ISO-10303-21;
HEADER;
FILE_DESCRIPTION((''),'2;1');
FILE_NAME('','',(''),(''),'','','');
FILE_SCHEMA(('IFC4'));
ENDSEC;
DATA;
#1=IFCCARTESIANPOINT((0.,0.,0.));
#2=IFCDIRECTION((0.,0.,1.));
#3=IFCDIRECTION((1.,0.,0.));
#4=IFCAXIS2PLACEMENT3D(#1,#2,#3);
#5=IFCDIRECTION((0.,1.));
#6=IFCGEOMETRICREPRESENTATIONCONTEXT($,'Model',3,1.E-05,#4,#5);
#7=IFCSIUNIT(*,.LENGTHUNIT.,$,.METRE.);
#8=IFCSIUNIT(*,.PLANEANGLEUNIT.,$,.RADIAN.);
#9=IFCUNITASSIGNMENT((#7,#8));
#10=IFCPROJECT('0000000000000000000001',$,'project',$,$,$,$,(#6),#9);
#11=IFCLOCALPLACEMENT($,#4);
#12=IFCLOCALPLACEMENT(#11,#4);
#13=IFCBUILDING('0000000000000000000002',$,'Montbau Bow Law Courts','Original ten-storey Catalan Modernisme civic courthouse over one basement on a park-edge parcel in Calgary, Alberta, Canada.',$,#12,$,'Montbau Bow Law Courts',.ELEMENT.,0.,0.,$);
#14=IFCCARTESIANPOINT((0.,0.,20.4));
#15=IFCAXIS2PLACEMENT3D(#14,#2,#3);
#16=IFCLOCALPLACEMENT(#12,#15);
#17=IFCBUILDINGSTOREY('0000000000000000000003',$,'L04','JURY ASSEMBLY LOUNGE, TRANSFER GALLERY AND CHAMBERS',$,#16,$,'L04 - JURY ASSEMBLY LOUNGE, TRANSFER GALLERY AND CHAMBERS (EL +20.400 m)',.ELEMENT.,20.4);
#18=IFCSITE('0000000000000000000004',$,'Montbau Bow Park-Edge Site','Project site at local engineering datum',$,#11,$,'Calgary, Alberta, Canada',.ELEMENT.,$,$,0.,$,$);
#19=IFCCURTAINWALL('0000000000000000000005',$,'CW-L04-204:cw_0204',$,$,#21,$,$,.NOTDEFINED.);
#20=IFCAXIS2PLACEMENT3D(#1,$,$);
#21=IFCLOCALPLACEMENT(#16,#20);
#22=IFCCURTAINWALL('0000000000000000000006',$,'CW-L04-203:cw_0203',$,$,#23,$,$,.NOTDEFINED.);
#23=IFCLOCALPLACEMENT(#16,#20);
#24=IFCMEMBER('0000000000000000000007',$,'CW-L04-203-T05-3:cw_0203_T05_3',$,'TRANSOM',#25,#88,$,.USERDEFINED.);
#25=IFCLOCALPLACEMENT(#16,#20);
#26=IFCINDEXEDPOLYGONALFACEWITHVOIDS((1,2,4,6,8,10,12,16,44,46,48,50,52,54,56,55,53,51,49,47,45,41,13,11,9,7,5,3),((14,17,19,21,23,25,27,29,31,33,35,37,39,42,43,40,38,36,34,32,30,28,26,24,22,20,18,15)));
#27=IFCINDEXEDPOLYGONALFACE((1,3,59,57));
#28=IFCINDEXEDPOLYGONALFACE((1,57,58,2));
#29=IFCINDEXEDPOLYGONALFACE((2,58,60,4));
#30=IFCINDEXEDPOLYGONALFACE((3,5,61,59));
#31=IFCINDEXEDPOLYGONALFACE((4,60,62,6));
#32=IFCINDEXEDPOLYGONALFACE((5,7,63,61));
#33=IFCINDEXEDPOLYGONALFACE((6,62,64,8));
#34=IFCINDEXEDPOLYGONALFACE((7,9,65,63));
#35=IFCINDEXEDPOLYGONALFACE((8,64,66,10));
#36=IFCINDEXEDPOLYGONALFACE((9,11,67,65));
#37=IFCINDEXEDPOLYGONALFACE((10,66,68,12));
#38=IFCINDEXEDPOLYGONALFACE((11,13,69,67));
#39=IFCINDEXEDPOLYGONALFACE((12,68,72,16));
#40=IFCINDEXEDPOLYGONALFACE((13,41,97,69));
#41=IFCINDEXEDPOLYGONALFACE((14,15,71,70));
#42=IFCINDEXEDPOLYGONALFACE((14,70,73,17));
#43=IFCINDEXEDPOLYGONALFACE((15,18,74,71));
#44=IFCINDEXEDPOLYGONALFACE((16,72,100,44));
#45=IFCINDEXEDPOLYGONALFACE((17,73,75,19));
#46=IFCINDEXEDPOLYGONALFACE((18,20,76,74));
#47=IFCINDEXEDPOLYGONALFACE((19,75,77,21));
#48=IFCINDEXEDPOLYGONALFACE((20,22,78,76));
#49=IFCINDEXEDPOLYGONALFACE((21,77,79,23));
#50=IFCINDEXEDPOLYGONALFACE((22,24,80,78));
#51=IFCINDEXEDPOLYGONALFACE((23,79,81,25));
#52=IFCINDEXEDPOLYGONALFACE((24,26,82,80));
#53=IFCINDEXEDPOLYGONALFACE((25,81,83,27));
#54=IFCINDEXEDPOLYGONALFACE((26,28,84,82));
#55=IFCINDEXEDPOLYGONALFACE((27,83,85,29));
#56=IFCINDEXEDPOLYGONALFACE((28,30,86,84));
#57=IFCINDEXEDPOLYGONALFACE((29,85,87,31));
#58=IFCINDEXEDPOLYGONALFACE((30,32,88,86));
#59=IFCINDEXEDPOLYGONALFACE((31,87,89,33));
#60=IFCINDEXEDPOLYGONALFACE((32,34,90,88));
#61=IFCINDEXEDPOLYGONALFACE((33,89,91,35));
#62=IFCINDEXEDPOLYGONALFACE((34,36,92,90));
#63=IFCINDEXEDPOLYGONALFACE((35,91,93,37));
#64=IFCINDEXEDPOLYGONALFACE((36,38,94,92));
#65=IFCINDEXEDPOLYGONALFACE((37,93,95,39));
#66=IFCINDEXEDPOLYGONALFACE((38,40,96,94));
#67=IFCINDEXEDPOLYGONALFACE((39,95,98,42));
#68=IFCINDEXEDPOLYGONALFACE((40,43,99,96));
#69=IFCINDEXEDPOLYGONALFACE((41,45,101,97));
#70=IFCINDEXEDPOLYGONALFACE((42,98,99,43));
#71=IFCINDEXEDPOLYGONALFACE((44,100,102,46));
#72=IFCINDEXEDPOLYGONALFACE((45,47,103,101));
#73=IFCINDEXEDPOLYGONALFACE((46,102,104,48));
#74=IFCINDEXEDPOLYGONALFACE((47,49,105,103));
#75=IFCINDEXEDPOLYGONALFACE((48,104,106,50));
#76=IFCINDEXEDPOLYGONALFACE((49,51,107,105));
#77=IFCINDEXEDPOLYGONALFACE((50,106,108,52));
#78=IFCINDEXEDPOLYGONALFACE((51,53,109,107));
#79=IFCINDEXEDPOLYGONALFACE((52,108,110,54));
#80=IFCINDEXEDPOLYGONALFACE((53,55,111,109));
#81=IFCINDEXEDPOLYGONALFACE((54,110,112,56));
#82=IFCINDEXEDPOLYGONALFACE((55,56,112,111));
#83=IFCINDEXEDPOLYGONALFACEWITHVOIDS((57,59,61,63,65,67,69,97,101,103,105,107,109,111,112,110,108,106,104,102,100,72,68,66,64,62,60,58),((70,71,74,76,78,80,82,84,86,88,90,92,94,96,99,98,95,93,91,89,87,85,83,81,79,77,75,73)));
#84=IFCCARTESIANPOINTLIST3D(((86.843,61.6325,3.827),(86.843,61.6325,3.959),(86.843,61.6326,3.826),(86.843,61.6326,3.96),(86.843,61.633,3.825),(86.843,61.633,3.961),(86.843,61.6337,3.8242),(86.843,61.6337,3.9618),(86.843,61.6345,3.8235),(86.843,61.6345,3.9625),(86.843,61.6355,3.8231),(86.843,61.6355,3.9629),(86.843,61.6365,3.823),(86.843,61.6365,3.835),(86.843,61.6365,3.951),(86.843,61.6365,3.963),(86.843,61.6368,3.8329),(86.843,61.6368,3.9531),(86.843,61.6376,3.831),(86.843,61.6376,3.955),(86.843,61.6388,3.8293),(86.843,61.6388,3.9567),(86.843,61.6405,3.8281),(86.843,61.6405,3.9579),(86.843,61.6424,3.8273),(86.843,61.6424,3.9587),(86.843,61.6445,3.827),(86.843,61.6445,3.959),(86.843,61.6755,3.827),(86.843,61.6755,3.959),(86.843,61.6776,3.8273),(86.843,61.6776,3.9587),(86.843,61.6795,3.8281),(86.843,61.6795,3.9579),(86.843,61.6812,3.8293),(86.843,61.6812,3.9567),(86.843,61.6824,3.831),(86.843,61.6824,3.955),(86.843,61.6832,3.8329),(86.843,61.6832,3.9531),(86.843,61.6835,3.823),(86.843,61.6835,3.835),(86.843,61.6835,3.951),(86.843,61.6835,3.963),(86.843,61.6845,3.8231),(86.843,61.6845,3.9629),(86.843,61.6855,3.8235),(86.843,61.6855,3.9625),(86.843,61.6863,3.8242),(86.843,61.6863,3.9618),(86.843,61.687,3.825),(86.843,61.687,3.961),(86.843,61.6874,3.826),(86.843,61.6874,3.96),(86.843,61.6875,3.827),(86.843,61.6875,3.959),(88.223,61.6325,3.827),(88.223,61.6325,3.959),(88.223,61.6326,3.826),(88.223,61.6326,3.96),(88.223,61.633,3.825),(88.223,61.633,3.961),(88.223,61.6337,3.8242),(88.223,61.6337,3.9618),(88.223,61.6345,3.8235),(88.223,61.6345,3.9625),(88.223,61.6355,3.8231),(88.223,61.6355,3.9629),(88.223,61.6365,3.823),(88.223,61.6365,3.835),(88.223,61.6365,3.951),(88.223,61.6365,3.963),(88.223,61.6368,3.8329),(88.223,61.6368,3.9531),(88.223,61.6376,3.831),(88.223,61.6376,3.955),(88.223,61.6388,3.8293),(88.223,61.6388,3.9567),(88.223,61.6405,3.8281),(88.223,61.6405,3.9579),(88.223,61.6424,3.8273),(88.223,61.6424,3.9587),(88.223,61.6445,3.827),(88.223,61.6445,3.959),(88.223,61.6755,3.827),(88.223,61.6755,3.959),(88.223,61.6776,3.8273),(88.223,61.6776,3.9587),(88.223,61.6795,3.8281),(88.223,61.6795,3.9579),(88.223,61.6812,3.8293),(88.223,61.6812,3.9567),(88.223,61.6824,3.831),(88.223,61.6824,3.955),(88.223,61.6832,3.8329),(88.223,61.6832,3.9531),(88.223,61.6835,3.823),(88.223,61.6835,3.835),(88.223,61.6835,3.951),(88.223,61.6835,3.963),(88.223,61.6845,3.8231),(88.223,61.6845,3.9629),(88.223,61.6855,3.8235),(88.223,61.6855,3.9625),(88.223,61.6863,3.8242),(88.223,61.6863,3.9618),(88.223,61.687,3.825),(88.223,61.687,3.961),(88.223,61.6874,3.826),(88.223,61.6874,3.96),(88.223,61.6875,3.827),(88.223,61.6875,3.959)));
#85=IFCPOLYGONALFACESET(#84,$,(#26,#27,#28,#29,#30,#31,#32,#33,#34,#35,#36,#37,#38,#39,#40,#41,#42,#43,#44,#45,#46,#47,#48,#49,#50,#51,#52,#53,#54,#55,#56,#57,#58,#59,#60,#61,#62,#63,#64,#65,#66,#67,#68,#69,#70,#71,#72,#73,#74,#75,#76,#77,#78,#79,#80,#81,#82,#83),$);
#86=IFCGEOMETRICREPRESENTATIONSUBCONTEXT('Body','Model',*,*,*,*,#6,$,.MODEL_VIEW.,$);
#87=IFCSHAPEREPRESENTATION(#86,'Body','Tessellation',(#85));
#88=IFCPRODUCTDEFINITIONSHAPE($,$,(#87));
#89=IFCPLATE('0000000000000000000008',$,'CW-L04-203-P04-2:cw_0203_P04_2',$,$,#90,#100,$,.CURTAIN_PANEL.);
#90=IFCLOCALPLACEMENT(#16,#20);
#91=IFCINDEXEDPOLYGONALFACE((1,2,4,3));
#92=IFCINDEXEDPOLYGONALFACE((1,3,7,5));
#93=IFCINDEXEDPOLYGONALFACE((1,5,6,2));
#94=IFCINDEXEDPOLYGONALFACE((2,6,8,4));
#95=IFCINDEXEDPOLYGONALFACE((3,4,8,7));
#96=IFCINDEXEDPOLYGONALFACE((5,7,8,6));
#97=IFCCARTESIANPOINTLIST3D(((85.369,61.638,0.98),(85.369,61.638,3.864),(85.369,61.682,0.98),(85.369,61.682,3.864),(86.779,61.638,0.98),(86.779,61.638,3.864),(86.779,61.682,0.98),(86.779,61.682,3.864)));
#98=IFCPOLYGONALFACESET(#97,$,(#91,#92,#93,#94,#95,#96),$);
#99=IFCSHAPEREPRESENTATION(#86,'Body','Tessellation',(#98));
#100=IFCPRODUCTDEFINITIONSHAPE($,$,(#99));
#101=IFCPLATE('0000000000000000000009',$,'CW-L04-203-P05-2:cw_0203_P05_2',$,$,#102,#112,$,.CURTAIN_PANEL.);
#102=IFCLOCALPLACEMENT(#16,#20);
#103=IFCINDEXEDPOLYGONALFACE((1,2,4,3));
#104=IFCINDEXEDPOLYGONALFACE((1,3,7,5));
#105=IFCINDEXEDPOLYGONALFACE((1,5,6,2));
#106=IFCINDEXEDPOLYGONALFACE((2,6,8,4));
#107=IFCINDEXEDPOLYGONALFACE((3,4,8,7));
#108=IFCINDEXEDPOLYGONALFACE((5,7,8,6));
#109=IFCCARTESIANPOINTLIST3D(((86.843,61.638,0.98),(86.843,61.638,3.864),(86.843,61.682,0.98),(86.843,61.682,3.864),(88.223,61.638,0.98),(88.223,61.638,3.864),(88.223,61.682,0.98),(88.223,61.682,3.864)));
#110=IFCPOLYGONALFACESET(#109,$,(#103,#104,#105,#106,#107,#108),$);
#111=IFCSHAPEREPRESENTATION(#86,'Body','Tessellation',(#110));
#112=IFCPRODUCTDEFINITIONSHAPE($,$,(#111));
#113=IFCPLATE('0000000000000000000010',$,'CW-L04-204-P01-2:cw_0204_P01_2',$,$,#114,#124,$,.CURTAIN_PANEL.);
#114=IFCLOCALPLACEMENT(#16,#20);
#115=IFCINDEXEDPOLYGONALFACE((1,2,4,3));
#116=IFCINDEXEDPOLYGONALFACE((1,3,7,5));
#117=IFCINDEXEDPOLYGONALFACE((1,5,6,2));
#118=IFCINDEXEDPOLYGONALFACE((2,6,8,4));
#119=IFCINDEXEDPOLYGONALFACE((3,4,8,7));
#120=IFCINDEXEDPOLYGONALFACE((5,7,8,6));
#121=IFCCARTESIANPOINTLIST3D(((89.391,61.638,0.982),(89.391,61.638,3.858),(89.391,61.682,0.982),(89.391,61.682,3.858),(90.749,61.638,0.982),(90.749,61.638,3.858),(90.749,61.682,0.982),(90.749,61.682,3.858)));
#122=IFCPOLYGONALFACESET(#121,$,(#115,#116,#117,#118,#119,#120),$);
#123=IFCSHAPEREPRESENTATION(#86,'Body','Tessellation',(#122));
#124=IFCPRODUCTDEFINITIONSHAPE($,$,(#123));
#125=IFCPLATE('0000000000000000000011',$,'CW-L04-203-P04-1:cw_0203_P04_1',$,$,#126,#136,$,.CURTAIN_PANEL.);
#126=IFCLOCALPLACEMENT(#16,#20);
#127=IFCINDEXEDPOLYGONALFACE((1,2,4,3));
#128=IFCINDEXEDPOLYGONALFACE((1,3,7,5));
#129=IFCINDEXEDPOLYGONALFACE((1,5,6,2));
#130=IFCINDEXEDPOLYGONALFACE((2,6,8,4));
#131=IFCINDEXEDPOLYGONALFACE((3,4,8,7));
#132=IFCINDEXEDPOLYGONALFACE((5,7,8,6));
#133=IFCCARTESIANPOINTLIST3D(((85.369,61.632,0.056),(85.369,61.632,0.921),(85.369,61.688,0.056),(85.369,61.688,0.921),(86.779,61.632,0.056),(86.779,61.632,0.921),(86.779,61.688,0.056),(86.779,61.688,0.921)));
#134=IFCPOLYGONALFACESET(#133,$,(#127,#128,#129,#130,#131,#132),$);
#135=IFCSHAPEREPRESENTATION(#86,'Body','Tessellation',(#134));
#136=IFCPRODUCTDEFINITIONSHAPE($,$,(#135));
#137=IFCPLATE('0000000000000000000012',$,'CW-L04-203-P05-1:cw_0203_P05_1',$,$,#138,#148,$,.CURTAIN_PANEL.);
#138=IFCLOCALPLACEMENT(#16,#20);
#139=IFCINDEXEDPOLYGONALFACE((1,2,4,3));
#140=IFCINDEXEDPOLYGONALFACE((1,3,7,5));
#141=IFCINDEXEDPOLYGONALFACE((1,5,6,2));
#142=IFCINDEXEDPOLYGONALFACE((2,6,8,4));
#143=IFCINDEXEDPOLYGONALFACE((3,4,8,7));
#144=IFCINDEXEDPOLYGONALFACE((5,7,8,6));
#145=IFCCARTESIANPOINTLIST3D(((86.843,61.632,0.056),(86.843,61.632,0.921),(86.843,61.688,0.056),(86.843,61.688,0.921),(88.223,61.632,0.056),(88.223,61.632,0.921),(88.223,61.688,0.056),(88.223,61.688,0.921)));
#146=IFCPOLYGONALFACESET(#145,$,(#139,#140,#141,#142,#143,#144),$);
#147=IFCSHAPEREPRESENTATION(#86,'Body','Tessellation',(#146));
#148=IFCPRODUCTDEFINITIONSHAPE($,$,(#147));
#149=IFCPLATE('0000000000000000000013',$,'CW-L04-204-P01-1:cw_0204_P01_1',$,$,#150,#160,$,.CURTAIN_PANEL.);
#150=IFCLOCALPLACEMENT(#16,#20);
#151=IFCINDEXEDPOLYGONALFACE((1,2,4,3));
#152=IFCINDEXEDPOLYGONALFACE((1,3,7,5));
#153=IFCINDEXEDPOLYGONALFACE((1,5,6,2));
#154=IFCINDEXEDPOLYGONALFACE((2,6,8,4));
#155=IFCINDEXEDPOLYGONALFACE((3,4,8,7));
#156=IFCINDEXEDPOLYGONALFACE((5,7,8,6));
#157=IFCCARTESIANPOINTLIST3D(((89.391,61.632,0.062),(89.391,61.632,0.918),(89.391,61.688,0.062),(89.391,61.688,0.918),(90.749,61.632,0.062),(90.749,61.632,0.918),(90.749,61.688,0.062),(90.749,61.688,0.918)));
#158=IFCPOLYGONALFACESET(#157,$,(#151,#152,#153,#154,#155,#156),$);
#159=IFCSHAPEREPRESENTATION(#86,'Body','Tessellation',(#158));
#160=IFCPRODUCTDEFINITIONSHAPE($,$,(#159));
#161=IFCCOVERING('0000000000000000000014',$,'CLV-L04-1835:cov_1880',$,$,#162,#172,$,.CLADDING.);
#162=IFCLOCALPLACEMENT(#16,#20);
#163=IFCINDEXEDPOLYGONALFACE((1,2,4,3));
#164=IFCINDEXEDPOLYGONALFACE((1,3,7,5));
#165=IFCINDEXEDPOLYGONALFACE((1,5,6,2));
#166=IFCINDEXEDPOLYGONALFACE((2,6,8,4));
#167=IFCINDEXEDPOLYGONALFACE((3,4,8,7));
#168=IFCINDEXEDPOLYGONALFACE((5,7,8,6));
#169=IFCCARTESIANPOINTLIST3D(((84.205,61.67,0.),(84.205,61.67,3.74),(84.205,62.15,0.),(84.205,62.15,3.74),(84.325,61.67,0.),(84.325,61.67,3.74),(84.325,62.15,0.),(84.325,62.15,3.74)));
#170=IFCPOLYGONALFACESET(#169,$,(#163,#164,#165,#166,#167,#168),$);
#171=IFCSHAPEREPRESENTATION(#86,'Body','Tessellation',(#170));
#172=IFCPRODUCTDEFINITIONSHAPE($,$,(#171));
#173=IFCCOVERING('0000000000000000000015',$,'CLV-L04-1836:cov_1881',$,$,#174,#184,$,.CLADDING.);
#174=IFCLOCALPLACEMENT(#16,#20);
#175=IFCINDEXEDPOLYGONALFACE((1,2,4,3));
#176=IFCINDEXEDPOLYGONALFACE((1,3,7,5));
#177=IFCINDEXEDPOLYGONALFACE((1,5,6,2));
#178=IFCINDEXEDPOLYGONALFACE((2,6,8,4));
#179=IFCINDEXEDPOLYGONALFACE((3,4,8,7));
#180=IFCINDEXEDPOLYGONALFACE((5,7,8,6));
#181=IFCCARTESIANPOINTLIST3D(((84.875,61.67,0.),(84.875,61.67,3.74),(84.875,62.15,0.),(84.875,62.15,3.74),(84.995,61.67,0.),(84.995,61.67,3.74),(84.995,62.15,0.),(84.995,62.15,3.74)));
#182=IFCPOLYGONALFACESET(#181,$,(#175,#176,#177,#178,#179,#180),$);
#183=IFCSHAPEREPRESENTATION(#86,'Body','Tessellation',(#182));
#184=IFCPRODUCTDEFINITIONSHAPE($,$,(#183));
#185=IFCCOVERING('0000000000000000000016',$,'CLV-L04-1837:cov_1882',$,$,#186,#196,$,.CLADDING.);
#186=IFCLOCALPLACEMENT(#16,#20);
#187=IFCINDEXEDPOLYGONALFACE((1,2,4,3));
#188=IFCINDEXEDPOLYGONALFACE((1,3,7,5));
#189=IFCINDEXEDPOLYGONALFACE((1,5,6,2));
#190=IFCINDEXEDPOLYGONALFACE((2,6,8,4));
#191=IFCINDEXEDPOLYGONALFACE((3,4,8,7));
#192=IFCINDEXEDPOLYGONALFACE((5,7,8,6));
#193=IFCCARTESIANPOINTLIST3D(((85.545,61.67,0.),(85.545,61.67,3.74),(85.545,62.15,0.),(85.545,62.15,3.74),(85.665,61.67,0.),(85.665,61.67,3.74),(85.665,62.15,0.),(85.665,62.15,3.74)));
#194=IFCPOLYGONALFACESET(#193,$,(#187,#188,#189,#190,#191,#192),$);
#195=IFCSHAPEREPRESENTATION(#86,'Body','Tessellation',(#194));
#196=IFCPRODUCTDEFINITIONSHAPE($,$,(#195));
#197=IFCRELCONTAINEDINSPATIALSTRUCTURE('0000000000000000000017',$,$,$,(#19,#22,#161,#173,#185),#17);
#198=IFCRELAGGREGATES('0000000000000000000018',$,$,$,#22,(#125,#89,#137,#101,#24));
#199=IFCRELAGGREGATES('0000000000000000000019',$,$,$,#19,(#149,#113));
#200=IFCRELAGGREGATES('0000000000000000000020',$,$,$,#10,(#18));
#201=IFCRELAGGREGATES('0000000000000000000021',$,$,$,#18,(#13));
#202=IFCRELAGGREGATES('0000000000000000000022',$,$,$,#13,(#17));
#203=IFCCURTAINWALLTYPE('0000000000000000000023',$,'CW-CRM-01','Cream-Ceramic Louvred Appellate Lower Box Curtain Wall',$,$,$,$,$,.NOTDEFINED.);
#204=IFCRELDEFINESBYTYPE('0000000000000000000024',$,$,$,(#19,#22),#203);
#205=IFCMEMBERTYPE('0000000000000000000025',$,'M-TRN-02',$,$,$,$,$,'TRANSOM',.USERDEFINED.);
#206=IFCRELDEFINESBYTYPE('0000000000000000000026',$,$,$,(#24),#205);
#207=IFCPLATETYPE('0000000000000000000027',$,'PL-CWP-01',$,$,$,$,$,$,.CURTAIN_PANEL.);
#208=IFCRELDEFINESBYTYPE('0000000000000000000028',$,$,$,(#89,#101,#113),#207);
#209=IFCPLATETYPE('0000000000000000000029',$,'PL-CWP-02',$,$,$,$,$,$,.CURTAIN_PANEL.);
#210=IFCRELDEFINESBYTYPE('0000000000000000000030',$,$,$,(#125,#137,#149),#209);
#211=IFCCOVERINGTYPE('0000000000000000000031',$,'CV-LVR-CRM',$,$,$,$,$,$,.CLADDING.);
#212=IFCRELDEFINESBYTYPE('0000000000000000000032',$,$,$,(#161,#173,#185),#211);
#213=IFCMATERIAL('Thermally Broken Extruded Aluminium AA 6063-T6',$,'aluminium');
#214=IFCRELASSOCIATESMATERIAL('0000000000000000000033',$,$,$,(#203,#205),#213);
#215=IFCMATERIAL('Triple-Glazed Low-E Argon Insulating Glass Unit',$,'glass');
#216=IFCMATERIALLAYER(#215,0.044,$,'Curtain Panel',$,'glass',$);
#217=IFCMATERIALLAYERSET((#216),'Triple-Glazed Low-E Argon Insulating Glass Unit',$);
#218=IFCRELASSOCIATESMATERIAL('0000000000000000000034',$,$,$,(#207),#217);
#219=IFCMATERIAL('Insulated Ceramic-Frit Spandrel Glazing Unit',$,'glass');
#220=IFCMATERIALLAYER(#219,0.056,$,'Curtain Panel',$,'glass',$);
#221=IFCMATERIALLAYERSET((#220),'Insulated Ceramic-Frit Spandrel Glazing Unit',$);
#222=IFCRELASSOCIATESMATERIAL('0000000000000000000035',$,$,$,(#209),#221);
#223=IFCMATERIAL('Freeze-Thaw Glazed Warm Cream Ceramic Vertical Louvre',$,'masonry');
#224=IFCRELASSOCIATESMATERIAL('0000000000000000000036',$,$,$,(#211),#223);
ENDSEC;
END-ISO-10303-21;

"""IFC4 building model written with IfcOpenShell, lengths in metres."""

from ifc_helpers import new_model, si_unit, direction, frame, frame_2d, origin_with_axes, origin_2d_with_axis, place, context, subcontext, project, spatial, rectangle, hollow_rectangle, extrude, material, layer, layer_set, material_profile, profile_set, type_object, element, aggregate, save


model = new_model("IFC4")

# Units and contexts
model_context = context("Model", 3, precision=1e-05, world=origin_with_axes(), true_north=direction((0.0, 1.0)))
body_context = subcontext(model_context, "Body", "Model", "MODEL_VIEW")
ifc_project = project(units=[si_unit("LENGTHUNIT", "METRE"), si_unit("PLANEANGLEUNIT", "RADIAN")], contexts=[model_context])

# Site, building, storey
site_placement = place(None, origin_with_axes())
site = spatial("IfcSite", under=ifc_project, at=site_placement, Name="Montbau Bow Park-Edge Site", Description="Project site at local engineering datum", LongName="Calgary, Alberta, Canada", CompositionType="ELEMENT", RefElevation=0.0)
building_placement = place(site_placement, origin_with_axes())
building = spatial("IfcBuilding", under=site, at=building_placement, Name="Montbau Bow Law Courts", Description="Original ten-storey Catalan Modernisme civic courthouse over one basement on a park-edge parcel in Calgary, Alberta, Canada.", LongName="Montbau Bow Law Courts", CompositionType="ELEMENT", ElevationOfRefHeight=0.0, ElevationOfTerrain=0.0)
storey_placement = place(building_placement, frame((0.0, 0.0, 20.4), z_axis=(0.0, 0.0, 1.0), x_axis=(1.0, 0.0, 0.0)))
storey = spatial("IfcBuildingStorey", under=building, at=storey_placement, Name="L04", Description="JURY ASSEMBLY LOUNGE, TRANSFER GALLERY AND CHAMBERS", LongName="L04 - JURY ASSEMBLY LOUNGE, TRANSFER GALLERY AND CHAMBERS (EL +20.400 m)", CompositionType="ELEMENT", Elevation=20.4)

# Curtain wall
ifc_material_1 = material(Name="Thermally Broken Extruded Aluminium AA 6063-T6", Category="aluminium")
curtain_wall_type = type_object("IfcCurtainWallType", Name="CW-CRM-01", Description="Cream-Ceramic Louvred Appellate Lower Box Curtain Wall", PredefinedType="NOTDEFINED", material=ifc_material_1)
curtain_wall_1_placement = place(None, frame((89.315, 61.66, 20.4), z_axis=(0.0, 0.0, 1.0), x_axis=(1.0, 0.0, 0.0)))
curtain_wall_1 = element("IfcCurtainWall", 1, at=curtain_wall_1_placement, inside=storey, type_object=curtain_wall_type, Name="CW-L04-204:cw_0204", PredefinedType="NOTDEFINED")

# Curtain wall, member, plates
curtain_wall_2_placement = place(None, frame((80.915, 61.66, 20.4), z_axis=(0.0, 0.0, 1.0), x_axis=(1.0, 0.0, 0.0)))
curtain_wall_2 = element("IfcCurtainWall", 2, at=curtain_wall_2_placement, inside=storey, type_object=curtain_wall_type, Name="CW-L04-203:cw_0203", PredefinedType="NOTDEFINED")
ifc_material_profile_1 = material_profile(ifc_material_1, hollow_rectangle(XDim=0.055, YDim=0.14, WallThickness=0.004, InnerFilletRadius=0.008, OuterFilletRadius=0.004, at=origin_2d_with_axis()), Name="CWT-140X55", Category="Main", Priority=0)
ifc_profile_set_1 = profile_set([ifc_material_profile_1], Name="Thermally Broken Extruded Aluminium AA 6063-T6")
member_type_1 = type_object("IfcMemberType", Name="M-TRN-02", ElementType="TRANSOM", PredefinedType="USERDEFINED", material=ifc_profile_set_1)
member_1_placement = place(None, frame((86.843, 61.66, 24.293), z_axis=(1.0, 0.0, 0.0), x_axis=(0.0, 1.0, 0.0)))
member_1 = element("IfcMember", 3, at=member_1_placement, type_object=member_type_1, Name="CW-L04-203-T05-3:cw_0203_T05_3", ObjectType="TRANSOM", PredefinedType="USERDEFINED", context=body_context, shape_type="SweptSolid", body=[
    extrude(hollow_rectangle(XDim=0.055, YDim=0.14, WallThickness=0.004, InnerFilletRadius=0.008, OuterFilletRadius=0.004, at=origin_2d_with_axis()), origin_with_axes(), (0.0, 0.0, 1.0), 1.38),
])
ifc_material_2 = material(Name="Triple-Glazed Low-E Argon Insulating Glass Unit", Category="glass")
ifc_layer_1 = layer(ifc_material_2, 0.044, Name="Curtain Panel", Category="glass")
ifc_layer_set_1 = layer_set([ifc_layer_1], Name="Triple-Glazed Low-E Argon Insulating Glass Unit")
plate_type_1 = type_object("IfcPlateType", Name="PL-CWP-01", PredefinedType="CURTAIN_PANEL", material=ifc_layer_set_1)
plate_1_placement = place(None, frame((85.369, 61.66, 21.38), z_axis=(0.0, -1.0, 0.0), x_axis=(1.0, 0.0, 0.0)))
plate_1 = element("IfcPlate", 4, at=plate_1_placement, type_object=plate_type_1, Name="CW-L04-203-P04-2:cw_0203_P04_2", PredefinedType="CURTAIN_PANEL", context=body_context, shape_type="SweptSolid", body=[
    extrude(rectangle(XDim=1.41, YDim=2.884, at=frame_2d((0.705, 1.442), x_axis=(1.0, 0.0))), frame((0.0, 0.0, -0.022), z_axis=(0.0, 0.0, 1.0), x_axis=(1.0, 0.0, 0.0)), (0.0, 0.0, 1.0), 0.044),
])
plate_2_placement = place(None, frame((86.843, 61.66, 21.38), z_axis=(0.0, -1.0, 0.0), x_axis=(1.0, 0.0, 0.0)))
plate_2 = element("IfcPlate", 5, at=plate_2_placement, type_object=plate_type_1, Name="CW-L04-203-P05-2:cw_0203_P05_2", PredefinedType="CURTAIN_PANEL", context=body_context, shape_type="SweptSolid", body=[
    extrude(rectangle(XDim=1.38, YDim=2.884, at=frame_2d((0.69, 1.442), x_axis=(1.0, 0.0))), frame((0.0, 0.0, -0.022), z_axis=(0.0, 0.0, 1.0), x_axis=(1.0, 0.0, 0.0)), (0.0, 0.0, 1.0), 0.044),
])

# Plates
plate_3_placement = place(None, frame((89.391, 61.66, 21.382), z_axis=(0.0, -1.0, 0.0), x_axis=(1.0, 0.0, 0.0)))
plate_3 = element("IfcPlate", 6, at=plate_3_placement, type_object=plate_type_1, Name="CW-L04-204-P01-2:cw_0204_P01_2", PredefinedType="CURTAIN_PANEL", context=body_context, shape_type="SweptSolid", body=[
    extrude(rectangle(XDim=1.358, YDim=2.876, at=frame_2d((0.679, 1.438), x_axis=(1.0, 0.0))), frame((0.0, 0.0, -0.022), z_axis=(0.0, 0.0, 1.0), x_axis=(1.0, 0.0, 0.0)), (0.0, 0.0, 1.0), 0.044),
])
ifc_material_3 = material(Name="Insulated Ceramic-Frit Spandrel Glazing Unit", Category="glass")
ifc_layer_2 = layer(ifc_material_3, 0.056, Name="Curtain Panel", Category="glass")
ifc_layer_set_2 = layer_set([ifc_layer_2], Name="Insulated Ceramic-Frit Spandrel Glazing Unit")
plate_type_2 = type_object("IfcPlateType", Name="PL-CWP-02", PredefinedType="CURTAIN_PANEL", material=ifc_layer_set_2)
plate_4_placement = place(None, frame((85.369, 61.66, 20.456), z_axis=(0.0, -1.0, 0.0), x_axis=(1.0, 0.0, 0.0)))
plate_4 = element("IfcPlate", 7, at=plate_4_placement, type_object=plate_type_2, Name="CW-L04-203-P04-1:cw_0203_P04_1", PredefinedType="CURTAIN_PANEL", context=body_context, shape_type="SweptSolid", body=[
    extrude(rectangle(XDim=1.41, YDim=0.865, at=frame_2d((0.705, 0.4325), x_axis=(1.0, 0.0))), frame((0.0, 0.0, -0.028), z_axis=(0.0, 0.0, 1.0), x_axis=(1.0, 0.0, 0.0)), (0.0, 0.0, 1.0), 0.056),
])
plate_5_placement = place(None, frame((86.843, 61.66, 20.456), z_axis=(0.0, -1.0, 0.0), x_axis=(1.0, 0.0, 0.0)))
plate_5 = element("IfcPlate", 8, at=plate_5_placement, type_object=plate_type_2, Name="CW-L04-203-P05-1:cw_0203_P05_1", PredefinedType="CURTAIN_PANEL", context=body_context, shape_type="SweptSolid", body=[
    extrude(rectangle(XDim=1.38, YDim=0.865, at=frame_2d((0.69, 0.4325), x_axis=(1.0, 0.0))), frame((0.0, 0.0, -0.028), z_axis=(0.0, 0.0, 1.0), x_axis=(1.0, 0.0, 0.0)), (0.0, 0.0, 1.0), 0.056),
])
aggregate(curtain_wall_2, [plate_4, plate_1, plate_5, plate_2, member_1])
plate_6_placement = place(None, frame((89.391, 61.66, 20.462), z_axis=(0.0, -1.0, 0.0), x_axis=(1.0, 0.0, 0.0)))
plate_6 = element("IfcPlate", 9, at=plate_6_placement, type_object=plate_type_2, Name="CW-L04-204-P01-1:cw_0204_P01_1", PredefinedType="CURTAIN_PANEL", context=body_context, shape_type="SweptSolid", body=[
    extrude(rectangle(XDim=1.358, YDim=0.856, at=frame_2d((0.679, 0.428), x_axis=(1.0, 0.0))), frame((0.0, 0.0, -0.028), z_axis=(0.0, 0.0, 1.0), x_axis=(1.0, 0.0, 0.0)), (0.0, 0.0, 1.0), 0.056),
])
aggregate(curtain_wall_1, [plate_6, plate_3])

# Coverings
ifc_material_4 = material(Name="Freeze-Thaw Glazed Warm Cream Ceramic Vertical Louvre", Category="masonry")
covering_type = type_object("IfcCoveringType", Name="CV-LVR-CRM", PredefinedType="CLADDING", material=ifc_material_4)
for number, where, z_axis, x_axis, name in (
    (10, (84.265, 61.67, 20.4), (1.0, 0.0, 0.0), (0.0, 1.0, 0.0), "CLV-L04-1835:cov_1880"),
    (11, (84.935, 61.67, 20.4), (1.0, 0.0, 0.0), (0.0, 1.0, 0.0), "CLV-L04-1836:cov_1881"),
    (12, (85.605, 61.67, 20.4), (1.0, 0.0, 0.0), (0.0, 1.0, 0.0), "CLV-L04-1837:cov_1882"),
):
    element("IfcCovering", number, at=place(None, frame(where, z_axis=z_axis, x_axis=x_axis)), inside=storey, type_object=covering_type, Name=name, PredefinedType="CLADDING", context=body_context, shape_type="SweptSolid", body=[
        extrude(rectangle(XDim=0.48, YDim=3.74, at=frame_2d((0.24, 1.87), x_axis=(1.0, 0.0))), frame((0.0, 0.0, -0.06), z_axis=(0.0, 0.0, 1.0), x_axis=(1.0, 0.0, 0.0)), (0.0, 0.0, 1.0), 0.12),
    ])

save(model, "model.ifc")
